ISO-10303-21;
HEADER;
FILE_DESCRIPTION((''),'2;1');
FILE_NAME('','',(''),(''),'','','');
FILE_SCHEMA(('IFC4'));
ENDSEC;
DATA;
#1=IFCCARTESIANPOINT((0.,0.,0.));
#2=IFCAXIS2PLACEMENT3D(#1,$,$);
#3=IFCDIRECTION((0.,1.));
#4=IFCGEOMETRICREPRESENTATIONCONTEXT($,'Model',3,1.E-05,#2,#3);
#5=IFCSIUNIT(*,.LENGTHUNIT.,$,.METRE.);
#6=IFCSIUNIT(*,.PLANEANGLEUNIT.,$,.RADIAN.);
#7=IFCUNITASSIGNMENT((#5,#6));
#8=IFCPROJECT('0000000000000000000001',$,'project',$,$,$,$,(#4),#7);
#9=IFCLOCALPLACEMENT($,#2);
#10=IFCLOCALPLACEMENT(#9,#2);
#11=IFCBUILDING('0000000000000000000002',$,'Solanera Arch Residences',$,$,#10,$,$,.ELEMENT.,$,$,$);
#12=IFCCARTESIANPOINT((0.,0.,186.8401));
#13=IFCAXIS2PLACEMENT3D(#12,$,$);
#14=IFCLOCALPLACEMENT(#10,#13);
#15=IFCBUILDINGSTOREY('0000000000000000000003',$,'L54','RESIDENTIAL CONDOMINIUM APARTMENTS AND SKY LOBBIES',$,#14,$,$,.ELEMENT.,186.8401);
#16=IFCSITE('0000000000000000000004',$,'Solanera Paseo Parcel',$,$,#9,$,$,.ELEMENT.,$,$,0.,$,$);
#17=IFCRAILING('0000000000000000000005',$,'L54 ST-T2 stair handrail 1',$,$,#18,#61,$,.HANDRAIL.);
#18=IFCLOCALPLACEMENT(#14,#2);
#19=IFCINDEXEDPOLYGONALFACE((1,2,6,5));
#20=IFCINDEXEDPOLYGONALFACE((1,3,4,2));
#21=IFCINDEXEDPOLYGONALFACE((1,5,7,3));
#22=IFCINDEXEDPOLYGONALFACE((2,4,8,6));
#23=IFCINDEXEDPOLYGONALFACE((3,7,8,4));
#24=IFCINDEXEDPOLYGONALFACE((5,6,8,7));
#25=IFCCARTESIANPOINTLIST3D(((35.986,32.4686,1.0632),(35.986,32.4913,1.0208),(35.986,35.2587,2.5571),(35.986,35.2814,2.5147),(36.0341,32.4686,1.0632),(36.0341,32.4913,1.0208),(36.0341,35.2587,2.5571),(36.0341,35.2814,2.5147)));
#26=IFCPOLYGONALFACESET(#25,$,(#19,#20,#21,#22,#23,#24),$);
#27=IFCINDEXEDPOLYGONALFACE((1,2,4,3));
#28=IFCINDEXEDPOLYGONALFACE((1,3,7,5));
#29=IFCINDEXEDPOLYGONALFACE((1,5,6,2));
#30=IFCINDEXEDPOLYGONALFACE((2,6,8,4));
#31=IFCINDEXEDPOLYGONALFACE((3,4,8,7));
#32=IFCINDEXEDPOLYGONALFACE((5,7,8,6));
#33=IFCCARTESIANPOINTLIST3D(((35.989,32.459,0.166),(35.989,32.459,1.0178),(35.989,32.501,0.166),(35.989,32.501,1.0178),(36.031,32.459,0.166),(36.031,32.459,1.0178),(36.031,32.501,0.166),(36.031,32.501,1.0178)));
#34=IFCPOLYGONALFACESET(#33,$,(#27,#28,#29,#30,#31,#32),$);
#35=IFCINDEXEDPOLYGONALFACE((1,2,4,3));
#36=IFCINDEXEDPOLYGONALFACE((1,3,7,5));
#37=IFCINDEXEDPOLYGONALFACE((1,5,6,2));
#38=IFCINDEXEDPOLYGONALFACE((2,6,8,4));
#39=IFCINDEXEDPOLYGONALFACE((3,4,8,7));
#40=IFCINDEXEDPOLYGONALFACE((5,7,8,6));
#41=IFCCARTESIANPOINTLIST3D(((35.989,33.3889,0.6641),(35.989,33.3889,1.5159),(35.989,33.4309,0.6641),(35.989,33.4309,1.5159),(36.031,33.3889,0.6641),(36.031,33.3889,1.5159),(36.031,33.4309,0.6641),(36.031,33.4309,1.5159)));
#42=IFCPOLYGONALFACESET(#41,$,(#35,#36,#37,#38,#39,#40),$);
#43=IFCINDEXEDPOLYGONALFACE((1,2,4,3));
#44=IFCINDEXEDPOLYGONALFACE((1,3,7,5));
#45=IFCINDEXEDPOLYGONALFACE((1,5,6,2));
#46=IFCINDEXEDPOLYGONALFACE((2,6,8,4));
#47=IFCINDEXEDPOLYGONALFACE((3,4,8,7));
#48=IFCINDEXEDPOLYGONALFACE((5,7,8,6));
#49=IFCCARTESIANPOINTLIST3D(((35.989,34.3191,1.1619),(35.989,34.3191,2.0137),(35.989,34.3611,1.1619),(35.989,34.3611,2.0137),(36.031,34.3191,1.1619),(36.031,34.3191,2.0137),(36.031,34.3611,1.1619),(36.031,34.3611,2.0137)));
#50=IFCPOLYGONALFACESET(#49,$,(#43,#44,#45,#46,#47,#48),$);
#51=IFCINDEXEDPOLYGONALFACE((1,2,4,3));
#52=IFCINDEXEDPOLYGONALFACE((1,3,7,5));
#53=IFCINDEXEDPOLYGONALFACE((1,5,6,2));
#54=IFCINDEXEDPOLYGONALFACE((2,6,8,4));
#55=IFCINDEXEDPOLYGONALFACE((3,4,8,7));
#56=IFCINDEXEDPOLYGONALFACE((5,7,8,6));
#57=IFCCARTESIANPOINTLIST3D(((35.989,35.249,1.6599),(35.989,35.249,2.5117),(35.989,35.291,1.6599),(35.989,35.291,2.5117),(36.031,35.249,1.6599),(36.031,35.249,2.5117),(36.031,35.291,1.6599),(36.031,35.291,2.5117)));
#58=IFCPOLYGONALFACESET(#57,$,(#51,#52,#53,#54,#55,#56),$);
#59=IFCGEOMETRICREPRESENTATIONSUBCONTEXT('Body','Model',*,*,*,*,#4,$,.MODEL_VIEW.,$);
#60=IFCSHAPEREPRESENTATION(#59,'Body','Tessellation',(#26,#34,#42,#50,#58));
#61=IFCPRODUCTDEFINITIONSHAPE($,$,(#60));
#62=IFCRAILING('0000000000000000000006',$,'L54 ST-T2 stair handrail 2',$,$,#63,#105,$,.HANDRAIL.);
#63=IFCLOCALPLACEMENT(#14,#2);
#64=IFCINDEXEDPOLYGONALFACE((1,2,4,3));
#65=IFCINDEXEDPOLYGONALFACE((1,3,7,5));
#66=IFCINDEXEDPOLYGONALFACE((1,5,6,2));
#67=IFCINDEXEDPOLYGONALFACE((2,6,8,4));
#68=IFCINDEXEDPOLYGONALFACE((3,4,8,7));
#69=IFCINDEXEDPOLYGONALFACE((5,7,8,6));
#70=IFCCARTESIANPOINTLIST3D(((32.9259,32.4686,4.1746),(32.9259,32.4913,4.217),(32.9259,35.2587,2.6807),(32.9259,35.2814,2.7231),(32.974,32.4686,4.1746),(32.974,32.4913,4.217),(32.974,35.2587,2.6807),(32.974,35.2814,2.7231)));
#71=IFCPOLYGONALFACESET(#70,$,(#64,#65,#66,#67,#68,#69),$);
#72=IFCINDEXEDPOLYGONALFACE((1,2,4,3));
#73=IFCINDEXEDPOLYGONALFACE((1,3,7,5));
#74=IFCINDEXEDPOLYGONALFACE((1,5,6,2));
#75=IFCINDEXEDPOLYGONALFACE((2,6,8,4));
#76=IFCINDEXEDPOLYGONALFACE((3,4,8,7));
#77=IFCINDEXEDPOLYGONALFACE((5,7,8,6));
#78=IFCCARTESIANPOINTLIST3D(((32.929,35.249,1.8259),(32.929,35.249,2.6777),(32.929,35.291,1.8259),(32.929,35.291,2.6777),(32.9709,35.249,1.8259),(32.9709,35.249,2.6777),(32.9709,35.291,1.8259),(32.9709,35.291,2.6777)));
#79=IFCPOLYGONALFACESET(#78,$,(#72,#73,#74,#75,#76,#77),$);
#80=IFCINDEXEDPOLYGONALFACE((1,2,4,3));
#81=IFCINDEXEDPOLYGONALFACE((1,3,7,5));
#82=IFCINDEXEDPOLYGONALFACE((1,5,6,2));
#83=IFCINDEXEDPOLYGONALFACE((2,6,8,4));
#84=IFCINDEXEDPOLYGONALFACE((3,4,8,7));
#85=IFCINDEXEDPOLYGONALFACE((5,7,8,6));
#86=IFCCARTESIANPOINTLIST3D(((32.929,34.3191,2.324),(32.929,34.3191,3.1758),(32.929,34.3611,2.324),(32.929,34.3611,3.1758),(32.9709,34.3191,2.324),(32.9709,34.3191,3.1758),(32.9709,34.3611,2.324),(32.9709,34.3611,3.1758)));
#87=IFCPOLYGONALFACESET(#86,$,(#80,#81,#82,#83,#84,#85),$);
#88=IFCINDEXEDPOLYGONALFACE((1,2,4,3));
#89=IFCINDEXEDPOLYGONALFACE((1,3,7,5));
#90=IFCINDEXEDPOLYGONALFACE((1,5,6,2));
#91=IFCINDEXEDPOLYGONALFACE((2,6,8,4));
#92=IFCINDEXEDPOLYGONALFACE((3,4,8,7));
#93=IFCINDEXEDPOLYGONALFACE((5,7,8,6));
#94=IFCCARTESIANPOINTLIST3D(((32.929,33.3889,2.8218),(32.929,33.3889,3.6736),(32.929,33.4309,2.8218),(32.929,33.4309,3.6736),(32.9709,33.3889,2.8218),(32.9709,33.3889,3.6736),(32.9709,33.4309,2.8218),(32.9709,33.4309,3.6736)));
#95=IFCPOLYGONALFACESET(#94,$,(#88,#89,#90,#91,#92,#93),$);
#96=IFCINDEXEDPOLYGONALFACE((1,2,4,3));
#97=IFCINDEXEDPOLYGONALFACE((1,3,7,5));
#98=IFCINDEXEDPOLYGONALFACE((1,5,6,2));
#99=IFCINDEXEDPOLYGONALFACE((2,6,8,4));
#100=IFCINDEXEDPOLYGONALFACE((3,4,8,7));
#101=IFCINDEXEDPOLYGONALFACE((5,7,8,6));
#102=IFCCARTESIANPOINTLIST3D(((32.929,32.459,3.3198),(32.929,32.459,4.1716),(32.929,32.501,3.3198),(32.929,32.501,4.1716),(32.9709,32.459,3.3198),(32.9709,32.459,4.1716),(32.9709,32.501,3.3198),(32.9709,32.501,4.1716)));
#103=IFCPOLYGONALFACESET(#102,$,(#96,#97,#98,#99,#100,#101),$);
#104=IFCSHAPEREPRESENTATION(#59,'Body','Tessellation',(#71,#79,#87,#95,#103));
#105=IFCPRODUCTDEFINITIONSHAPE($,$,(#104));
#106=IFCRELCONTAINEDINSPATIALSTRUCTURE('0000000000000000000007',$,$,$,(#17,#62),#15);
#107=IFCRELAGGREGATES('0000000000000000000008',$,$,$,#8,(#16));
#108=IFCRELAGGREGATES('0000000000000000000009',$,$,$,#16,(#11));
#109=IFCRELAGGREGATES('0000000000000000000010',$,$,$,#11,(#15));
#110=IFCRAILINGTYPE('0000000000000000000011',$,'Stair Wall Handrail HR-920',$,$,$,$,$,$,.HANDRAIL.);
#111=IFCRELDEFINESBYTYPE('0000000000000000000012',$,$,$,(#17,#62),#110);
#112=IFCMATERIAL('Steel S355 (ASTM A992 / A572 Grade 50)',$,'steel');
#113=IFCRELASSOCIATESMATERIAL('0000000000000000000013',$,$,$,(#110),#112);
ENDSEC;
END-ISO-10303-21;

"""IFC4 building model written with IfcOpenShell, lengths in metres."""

from ifc_helpers import new_model, si_unit, direction, frame, origin, origin_2d, place, context, subcontext, project, spatial, rectangle, extrude, material, type_object, element, save


model = new_model("IFC4")

# Units and contexts
model_context = context("Model", 3, precision=1e-05, world=origin(), true_north=direction((0.0, 1.0)))
body_context = subcontext(model_context, "Body", "Model", "MODEL_VIEW")
ifc_project = project(units=[si_unit("LENGTHUNIT", "METRE"), si_unit("PLANEANGLEUNIT", "RADIAN")], contexts=[model_context])

# Site, building, storey
site_placement = place(None, origin())
site = spatial("IfcSite", under=ifc_project, at=site_placement, Name="Solanera Paseo Parcel", CompositionType="ELEMENT", RefElevation=0.0)
building_placement = place(site_placement, origin())
building = spatial("IfcBuilding", under=site, at=building_placement, Name="Solanera Arch Residences", CompositionType="ELEMENT")
storey_placement = place(building_placement, frame((0.0, 0.0, 186.8401)))
storey = spatial("IfcBuildingStorey", under=building, at=storey_placement, Name="L54", Description="RESIDENTIAL CONDOMINIUM APARTMENTS AND SKY LOBBIES", CompositionType="ELEMENT", Elevation=186.8401)

# Railings
ifc_material_1 = material(Name="Steel S355 (ASTM A992 / A572 Grade 50)", Category="steel")
railing_type_1 = type_object("IfcRailingType", Name="Stair Wall Handrail HR-920", PredefinedType="HANDRAIL", material=ifc_material_1)
railing_1_placement = place(storey_placement, frame((36.01, 32.48, 0.166)))
element("IfcRailing", 1, at=railing_1_placement, inside=storey, type_object=railing_type_1, Name="L54 ST-T2 stair handrail 1", PredefinedType="HANDRAIL", context=body_context, shape_type="SweptSolid", body=[
    extrude(rectangle(XDim=0.0481, YDim=0.0481, at=origin_2d()), frame((0.0, 0.0, 0.876), z_axis=(0.0, 0.881581, 0.472033), x_axis=(-1.0, 0.0, 0.0)), (0.0, 0.0, 1.0), 3.1648),
    extrude(rectangle(XDim=0.042, YDim=0.042, at=origin_2d()), origin(), (0.0, 0.0, 1.0), 0.8518),
    extrude(rectangle(XDim=0.042, YDim=0.042, at=origin_2d()), frame((0.0, 0.9299, 0.498)), (0.0, 0.0, 1.0), 0.8518),
    extrude(rectangle(XDim=0.042, YDim=0.042, at=origin_2d()), frame((0.0, 1.8601, 0.9958)), (0.0, 0.0, 1.0), 0.8518),
    extrude(rectangle(XDim=0.042, YDim=0.042, at=origin_2d()), frame((0.0, 2.79, 1.4939)), (0.0, 0.0, 1.0), 0.8518),
])
railing_2_placement = place(storey_placement, frame((32.95, 35.27, 1.8259)))
element("IfcRailing", 2, at=railing_2_placement, inside=storey, type_object=railing_type_1, Name="L54 ST-T2 stair handrail 2", PredefinedType="HANDRAIL", context=body_context, shape_type="SweptSolid", body=[
    extrude(rectangle(XDim=0.0481, YDim=0.0481, at=origin_2d()), frame((0.0, 0.0, 0.876), z_axis=(0.0, -0.881581, 0.472033), x_axis=(1.0, 0.0, 0.0)), (0.0, 0.0, 1.0), 3.1648),
    extrude(rectangle(XDim=0.042, YDim=0.042, at=origin_2d()), origin(), (0.0, 0.0, 1.0), 0.8518),
    extrude(rectangle(XDim=0.042, YDim=0.042, at=origin_2d()), frame((0.0, -0.9299, 0.498)), (0.0, 0.0, 1.0), 0.8518),
    extrude(rectangle(XDim=0.042, YDim=0.042, at=origin_2d()), frame((0.0, -1.8601, 0.9958)), (0.0, 0.0, 1.0), 0.8518),
    extrude(rectangle(XDim=0.042, YDim=0.042, at=origin_2d()), frame((0.0, -2.79, 1.4939)), (0.0, 0.0, 1.0), 0.8518),
])

save(model, "model.ifc")
